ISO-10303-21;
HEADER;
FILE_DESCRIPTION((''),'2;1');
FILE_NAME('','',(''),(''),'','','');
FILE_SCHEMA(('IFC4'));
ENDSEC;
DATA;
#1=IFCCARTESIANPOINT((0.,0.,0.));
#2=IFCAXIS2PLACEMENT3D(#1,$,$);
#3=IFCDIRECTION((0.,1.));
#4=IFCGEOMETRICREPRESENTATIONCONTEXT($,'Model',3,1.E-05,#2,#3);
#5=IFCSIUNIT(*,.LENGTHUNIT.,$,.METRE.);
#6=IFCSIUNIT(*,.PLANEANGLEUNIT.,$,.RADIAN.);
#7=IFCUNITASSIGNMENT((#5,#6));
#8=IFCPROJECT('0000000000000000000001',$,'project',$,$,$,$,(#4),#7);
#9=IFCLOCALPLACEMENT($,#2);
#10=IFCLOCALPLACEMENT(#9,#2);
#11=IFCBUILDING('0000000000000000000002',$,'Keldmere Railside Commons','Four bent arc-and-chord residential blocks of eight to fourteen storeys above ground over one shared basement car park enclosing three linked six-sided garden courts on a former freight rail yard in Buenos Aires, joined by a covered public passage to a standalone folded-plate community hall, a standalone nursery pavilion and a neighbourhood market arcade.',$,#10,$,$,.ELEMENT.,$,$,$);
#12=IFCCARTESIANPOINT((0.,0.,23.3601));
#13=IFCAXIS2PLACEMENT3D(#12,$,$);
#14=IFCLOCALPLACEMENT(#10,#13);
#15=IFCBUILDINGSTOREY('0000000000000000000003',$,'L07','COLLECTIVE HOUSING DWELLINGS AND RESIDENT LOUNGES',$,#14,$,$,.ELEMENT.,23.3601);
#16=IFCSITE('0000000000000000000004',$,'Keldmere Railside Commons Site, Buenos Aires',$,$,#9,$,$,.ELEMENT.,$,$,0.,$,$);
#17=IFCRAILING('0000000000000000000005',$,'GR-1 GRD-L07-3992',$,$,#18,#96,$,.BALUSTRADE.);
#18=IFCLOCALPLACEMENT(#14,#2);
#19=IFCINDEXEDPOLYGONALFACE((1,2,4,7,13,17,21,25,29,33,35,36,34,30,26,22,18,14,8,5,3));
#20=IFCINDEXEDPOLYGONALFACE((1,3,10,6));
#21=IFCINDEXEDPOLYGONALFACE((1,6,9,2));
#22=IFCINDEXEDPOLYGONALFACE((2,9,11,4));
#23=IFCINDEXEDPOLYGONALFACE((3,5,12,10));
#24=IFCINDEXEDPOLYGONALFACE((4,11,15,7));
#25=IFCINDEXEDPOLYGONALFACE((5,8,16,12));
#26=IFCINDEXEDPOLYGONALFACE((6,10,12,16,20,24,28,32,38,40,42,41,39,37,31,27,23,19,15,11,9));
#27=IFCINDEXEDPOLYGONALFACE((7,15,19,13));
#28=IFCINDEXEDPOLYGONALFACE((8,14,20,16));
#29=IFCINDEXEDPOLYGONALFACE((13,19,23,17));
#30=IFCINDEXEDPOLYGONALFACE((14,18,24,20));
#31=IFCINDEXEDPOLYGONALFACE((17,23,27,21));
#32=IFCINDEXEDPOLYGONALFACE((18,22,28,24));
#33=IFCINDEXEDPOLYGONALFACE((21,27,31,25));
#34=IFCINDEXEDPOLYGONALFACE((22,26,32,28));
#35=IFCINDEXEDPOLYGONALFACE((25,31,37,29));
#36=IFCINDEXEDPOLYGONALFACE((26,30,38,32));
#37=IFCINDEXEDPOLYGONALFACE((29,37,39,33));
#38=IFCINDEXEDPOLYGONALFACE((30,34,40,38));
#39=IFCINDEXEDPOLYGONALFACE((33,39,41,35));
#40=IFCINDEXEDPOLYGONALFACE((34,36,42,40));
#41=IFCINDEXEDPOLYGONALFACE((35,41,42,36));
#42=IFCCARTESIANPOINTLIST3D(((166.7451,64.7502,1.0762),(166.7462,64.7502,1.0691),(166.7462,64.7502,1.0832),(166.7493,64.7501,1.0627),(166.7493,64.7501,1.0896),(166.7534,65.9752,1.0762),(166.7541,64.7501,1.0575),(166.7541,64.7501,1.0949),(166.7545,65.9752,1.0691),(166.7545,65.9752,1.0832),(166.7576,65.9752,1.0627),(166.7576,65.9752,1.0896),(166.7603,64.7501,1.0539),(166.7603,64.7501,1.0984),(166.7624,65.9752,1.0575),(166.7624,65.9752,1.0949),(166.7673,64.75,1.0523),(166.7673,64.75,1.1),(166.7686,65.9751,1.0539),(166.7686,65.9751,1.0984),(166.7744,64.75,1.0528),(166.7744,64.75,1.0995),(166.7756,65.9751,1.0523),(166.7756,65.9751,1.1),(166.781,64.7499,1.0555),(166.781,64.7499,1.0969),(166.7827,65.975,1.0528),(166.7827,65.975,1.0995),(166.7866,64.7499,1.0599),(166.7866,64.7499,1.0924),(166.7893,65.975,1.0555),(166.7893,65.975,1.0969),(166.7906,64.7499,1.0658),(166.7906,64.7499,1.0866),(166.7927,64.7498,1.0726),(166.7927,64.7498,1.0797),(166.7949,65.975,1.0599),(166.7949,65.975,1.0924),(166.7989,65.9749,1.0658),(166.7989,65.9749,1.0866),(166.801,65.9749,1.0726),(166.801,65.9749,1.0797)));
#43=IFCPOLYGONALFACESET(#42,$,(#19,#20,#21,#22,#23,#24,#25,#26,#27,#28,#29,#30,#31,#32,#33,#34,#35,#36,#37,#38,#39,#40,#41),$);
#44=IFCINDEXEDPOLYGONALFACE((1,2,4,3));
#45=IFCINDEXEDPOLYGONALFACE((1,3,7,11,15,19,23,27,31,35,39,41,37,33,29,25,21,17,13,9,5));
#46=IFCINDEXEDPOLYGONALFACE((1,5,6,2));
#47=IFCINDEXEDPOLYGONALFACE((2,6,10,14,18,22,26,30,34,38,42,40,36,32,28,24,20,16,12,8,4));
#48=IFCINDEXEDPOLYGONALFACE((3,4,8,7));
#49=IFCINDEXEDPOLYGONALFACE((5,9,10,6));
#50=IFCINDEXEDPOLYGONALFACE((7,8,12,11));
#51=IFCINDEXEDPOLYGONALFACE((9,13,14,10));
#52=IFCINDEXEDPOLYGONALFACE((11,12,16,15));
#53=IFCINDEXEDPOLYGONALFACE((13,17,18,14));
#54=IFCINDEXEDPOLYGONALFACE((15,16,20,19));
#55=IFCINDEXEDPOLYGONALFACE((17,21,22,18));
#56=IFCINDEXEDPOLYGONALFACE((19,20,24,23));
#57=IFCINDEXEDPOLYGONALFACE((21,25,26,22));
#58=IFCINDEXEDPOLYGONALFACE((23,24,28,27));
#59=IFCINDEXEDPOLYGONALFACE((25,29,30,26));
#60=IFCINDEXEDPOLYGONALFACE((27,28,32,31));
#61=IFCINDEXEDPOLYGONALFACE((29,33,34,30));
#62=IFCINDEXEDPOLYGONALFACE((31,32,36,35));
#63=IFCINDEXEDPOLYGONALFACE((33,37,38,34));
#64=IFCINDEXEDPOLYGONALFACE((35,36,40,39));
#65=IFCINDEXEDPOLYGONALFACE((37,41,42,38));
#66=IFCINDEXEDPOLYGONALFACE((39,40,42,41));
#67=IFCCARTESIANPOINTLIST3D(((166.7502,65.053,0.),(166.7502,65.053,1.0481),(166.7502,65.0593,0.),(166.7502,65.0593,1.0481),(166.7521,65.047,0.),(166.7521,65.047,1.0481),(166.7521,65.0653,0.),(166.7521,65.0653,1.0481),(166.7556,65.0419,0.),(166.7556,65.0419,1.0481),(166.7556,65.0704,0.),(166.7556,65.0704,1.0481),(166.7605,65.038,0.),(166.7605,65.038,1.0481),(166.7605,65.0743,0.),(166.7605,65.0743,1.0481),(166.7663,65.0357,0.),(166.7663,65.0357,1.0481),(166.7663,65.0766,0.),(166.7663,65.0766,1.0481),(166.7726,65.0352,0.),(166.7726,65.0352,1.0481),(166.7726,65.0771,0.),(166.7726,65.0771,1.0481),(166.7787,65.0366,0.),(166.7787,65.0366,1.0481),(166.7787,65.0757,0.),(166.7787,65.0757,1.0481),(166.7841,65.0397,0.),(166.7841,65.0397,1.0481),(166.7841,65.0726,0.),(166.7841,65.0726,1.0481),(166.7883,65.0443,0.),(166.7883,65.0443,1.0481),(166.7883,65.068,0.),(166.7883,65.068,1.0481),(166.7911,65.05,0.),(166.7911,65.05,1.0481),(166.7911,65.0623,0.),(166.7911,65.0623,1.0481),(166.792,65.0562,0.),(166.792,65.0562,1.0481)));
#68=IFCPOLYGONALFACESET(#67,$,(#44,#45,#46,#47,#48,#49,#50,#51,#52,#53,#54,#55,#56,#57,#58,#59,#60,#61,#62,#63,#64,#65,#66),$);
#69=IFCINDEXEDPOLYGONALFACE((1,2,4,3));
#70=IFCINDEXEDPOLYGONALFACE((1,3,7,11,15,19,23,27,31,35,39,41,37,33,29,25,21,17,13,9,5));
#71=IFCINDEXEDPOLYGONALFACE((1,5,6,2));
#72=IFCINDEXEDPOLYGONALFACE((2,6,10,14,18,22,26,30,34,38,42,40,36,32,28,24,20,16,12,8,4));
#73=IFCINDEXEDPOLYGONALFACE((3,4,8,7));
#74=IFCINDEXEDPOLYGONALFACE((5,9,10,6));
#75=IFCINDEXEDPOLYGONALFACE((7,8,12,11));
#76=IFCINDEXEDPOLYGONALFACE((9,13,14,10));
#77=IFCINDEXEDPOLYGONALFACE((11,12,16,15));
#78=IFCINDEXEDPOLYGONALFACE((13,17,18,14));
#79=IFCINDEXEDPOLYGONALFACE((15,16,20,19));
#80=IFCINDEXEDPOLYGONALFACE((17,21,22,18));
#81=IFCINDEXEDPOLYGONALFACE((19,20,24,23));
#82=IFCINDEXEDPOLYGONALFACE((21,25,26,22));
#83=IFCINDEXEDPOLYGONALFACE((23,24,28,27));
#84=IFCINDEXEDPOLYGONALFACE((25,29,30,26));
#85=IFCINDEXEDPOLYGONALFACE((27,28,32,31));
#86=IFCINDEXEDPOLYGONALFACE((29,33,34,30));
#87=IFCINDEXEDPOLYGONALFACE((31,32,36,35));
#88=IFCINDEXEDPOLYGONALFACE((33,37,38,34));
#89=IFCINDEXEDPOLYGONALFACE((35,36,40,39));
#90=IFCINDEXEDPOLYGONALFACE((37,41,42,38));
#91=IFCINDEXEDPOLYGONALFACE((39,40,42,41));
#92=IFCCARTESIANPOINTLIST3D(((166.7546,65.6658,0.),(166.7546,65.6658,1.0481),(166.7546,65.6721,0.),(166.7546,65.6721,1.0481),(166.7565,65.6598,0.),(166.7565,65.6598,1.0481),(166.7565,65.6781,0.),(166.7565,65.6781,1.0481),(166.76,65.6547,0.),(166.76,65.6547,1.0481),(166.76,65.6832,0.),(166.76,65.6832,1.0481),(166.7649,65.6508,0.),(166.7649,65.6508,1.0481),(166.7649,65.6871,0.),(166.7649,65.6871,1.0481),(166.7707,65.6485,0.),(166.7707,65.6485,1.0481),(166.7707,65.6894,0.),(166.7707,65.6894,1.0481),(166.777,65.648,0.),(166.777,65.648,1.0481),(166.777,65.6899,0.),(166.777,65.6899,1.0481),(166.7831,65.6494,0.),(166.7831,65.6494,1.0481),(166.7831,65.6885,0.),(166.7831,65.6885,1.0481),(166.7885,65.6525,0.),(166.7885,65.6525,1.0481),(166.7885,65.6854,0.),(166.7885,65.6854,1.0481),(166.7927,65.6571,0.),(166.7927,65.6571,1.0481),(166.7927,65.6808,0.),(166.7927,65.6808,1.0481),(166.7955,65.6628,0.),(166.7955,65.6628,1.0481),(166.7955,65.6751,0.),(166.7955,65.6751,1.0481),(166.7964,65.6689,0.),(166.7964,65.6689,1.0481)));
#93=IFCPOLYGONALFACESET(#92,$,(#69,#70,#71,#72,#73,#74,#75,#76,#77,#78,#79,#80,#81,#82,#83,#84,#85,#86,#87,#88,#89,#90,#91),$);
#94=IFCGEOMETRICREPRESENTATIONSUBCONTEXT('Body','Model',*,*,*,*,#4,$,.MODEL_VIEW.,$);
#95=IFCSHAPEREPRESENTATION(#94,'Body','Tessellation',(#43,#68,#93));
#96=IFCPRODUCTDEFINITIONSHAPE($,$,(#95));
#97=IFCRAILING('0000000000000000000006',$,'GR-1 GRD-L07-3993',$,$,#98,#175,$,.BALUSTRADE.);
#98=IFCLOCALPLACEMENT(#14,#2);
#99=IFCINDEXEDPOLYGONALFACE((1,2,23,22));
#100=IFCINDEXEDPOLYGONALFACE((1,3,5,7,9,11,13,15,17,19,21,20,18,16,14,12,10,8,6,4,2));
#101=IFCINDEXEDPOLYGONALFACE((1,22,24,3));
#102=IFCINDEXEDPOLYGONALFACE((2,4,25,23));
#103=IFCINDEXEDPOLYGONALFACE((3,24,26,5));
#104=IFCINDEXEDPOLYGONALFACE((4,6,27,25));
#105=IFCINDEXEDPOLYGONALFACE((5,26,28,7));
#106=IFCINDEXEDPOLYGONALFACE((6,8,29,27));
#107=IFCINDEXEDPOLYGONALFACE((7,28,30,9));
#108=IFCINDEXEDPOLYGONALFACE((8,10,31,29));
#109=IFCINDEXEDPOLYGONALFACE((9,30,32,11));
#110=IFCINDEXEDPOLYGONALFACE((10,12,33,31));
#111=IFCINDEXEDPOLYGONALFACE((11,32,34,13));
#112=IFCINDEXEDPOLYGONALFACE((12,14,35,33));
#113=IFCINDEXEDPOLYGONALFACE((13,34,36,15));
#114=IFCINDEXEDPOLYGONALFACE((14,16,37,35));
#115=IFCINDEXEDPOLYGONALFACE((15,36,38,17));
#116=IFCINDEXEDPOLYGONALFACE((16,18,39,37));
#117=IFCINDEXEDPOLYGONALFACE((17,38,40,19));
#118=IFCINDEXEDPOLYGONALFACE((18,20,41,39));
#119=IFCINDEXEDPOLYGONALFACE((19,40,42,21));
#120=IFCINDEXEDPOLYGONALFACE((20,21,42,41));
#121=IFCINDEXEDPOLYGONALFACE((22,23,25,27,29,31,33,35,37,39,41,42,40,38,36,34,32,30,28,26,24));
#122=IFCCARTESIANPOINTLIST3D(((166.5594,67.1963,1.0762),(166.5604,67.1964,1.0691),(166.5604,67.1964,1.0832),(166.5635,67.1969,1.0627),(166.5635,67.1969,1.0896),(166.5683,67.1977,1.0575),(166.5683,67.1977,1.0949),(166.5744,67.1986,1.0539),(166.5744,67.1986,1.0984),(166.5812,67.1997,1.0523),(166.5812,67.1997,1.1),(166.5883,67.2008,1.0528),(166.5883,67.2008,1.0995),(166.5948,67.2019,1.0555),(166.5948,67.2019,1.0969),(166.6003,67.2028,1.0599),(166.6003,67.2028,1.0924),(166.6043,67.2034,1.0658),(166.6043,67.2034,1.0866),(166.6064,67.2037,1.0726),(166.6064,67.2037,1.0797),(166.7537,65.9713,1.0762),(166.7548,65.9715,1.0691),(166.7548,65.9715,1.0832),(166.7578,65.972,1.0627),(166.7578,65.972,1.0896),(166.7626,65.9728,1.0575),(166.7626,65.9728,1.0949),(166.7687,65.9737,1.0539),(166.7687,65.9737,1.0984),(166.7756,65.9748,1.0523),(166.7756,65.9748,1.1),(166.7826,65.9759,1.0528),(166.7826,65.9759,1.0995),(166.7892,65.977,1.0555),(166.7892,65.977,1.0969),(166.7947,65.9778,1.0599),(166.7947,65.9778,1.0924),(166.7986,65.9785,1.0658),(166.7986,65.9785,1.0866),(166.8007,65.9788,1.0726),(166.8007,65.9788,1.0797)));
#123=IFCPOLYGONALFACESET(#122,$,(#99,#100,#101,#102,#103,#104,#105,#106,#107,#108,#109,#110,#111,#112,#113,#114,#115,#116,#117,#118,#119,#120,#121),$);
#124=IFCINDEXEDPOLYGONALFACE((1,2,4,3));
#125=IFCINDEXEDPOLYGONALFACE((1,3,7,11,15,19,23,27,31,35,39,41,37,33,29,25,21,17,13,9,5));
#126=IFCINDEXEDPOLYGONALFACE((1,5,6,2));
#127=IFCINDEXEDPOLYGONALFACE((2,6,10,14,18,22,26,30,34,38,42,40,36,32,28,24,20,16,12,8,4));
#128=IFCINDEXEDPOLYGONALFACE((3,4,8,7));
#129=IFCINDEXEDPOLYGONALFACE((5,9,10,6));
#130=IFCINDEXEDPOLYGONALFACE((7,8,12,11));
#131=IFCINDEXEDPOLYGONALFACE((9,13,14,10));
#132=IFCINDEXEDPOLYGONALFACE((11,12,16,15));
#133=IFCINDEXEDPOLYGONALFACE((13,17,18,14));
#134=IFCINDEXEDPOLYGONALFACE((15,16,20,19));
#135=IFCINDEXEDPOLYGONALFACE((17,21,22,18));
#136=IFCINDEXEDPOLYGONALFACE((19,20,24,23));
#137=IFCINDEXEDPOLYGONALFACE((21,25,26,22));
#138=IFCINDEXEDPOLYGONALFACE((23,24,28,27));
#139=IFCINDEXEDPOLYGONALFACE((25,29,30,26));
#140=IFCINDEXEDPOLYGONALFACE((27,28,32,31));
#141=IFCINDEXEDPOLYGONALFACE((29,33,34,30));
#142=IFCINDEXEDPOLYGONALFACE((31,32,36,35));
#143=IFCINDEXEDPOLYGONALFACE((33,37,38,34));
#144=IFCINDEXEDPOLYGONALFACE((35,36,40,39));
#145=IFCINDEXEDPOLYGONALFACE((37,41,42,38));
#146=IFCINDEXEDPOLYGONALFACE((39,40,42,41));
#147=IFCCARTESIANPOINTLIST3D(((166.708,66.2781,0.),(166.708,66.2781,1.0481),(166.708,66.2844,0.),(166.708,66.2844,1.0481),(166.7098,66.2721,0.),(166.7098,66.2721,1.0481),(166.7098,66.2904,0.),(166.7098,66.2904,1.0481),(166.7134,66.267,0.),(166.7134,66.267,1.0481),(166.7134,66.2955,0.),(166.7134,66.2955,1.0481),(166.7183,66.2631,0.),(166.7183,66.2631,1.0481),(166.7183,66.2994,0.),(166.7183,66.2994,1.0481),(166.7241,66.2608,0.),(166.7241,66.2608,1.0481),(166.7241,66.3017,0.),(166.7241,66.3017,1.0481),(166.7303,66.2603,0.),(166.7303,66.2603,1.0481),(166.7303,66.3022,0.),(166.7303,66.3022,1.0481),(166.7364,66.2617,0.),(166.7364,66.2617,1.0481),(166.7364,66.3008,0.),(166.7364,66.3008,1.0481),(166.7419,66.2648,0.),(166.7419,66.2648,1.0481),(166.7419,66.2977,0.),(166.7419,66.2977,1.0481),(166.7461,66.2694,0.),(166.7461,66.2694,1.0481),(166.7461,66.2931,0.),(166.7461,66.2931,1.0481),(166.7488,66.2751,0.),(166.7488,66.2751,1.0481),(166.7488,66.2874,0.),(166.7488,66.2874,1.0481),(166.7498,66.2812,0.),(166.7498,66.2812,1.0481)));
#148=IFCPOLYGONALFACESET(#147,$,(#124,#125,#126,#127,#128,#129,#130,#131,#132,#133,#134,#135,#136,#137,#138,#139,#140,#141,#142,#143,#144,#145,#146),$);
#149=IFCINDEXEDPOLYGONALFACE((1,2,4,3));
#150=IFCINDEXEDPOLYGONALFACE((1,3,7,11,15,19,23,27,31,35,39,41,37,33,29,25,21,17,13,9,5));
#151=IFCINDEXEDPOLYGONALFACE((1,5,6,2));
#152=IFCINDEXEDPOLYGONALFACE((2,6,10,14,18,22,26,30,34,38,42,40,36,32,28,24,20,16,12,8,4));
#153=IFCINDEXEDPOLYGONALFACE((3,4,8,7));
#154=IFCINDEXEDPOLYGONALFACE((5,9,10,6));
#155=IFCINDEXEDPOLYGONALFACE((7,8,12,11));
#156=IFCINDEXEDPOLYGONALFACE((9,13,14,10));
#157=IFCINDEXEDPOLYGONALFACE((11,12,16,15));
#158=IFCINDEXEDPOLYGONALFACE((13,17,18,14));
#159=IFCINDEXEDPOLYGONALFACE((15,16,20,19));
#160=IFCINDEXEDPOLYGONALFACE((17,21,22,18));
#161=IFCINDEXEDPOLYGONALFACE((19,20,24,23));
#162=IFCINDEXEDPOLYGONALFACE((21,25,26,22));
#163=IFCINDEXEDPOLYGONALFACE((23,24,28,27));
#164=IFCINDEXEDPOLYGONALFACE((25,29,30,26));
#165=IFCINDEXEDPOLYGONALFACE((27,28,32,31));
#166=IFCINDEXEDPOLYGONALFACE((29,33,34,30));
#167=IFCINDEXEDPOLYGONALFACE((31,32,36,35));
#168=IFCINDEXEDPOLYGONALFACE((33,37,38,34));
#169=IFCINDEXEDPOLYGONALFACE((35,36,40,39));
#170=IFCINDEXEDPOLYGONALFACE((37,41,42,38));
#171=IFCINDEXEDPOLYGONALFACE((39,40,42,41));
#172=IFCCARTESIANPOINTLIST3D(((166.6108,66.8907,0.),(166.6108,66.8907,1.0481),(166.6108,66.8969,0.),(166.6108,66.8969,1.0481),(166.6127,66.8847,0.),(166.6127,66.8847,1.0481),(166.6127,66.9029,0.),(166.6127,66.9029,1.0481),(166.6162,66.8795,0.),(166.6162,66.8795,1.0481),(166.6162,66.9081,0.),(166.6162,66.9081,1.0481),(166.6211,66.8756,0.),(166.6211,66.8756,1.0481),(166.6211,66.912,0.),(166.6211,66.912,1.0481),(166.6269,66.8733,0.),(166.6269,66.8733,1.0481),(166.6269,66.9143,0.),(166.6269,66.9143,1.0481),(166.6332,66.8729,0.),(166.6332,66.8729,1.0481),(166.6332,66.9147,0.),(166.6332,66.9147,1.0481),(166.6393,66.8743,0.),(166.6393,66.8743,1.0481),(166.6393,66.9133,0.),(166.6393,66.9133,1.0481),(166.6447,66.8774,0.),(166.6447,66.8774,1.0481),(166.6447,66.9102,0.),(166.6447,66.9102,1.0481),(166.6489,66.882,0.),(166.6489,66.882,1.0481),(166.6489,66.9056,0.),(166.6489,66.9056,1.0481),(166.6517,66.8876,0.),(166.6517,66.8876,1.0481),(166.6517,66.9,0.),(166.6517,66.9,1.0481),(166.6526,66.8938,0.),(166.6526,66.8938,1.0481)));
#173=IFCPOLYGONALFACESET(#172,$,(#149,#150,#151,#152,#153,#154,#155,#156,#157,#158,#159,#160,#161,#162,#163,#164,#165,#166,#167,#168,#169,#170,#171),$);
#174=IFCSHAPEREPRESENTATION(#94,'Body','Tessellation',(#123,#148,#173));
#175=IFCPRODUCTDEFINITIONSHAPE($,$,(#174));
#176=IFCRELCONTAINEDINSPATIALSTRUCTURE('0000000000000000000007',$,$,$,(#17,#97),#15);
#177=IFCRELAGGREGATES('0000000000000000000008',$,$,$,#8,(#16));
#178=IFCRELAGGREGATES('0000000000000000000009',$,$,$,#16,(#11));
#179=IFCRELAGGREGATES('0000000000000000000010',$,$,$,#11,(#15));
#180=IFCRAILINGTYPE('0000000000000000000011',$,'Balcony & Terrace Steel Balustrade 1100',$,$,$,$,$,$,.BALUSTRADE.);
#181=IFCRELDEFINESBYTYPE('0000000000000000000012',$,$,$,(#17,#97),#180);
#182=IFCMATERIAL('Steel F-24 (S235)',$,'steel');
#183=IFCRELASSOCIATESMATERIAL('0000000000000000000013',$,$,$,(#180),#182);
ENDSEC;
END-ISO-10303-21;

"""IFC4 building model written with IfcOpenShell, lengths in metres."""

from ifc_helpers import new_model, si_unit, direction, frame, origin, origin_2d, place, context, subcontext, project, spatial, circle, extrude, material, type_object, element, save


model = new_model("IFC4")

# Units and contexts
model_context = context("Model", 3, precision=1e-05, world=origin(), true_north=direction((0.0, 1.0)))
body_context = subcontext(model_context, "Body", "Model", "MODEL_VIEW")
ifc_project = project(units=[si_unit("LENGTHUNIT", "METRE"), si_unit("PLANEANGLEUNIT", "RADIAN")], contexts=[model_context])

# Site, building, storey
site_placement = place(None, origin())
site = spatial("IfcSite", under=ifc_project, at=site_placement, Name="Keldmere Railside Commons Site, Buenos Aires", CompositionType="ELEMENT", RefElevation=0.0)
building_placement = place(site_placement, origin())
building = spatial("IfcBuilding", under=site, at=building_placement, Name="Keldmere Railside Commons", Description="Four bent arc-and-chord residential blocks of eight to fourteen storeys above ground over one shared basement car park enclosing three linked six-sided garden courts on a former freight rail yard in Buenos Aires, joined by a covered public passage to a standalone folded-plate community hall, a standalone nursery pavilion and a neighbourhood market arcade.", CompositionType="ELEMENT")
storey_placement = place(building_placement, frame((0.0, 0.0, 23.3601)))
storey = spatial("IfcBuildingStorey", under=building, at=storey_placement, Name="L07", Description="COLLECTIVE HOUSING DWELLINGS AND RESIDENT LOUNGES", CompositionType="ELEMENT", Elevation=23.3601)

# Railings
ifc_material_1 = material(Name="Steel F-24 (S235)", Category="steel")
railing_type = type_object("IfcRailingType", Name="Balcony & Terrace Steel Balustrade 1100", PredefinedType="BALUSTRADE", material=ifc_material_1)
railing_1_placement = place(storey_placement, frame((166.769, 64.75, 0.0)))
element("IfcRailing", 1, at=railing_1_placement, inside=storey, type_object=railing_type, Name="GR-1 GRD-L07-3992", PredefinedType="BALUSTRADE", context=body_context, shape_type="SweptSolid", body=[
    extrude(circle(Radius=0.0239, at=origin_2d()), frame((0.0, 0.0, 1.0762), z_axis=(0.006775, 0.999977, 0.0), x_axis=(-0.999977, 0.006775, 0.0)), (0.0, 0.0, 1.0), 1.2251),
    extrude(circle(Radius=0.021, at=origin_2d()), frame((0.002, 0.3062, 0.0)), (0.0, 0.0, 1.0), 1.0481),
    extrude(circle(Radius=0.021, at=origin_2d()), frame((0.0063, 0.9189, 0.0)), (0.0, 0.0, 1.0), 1.0481),
])
railing_2_placement = place(storey_placement, frame((166.7773, 65.9751, 0.0)))
element("IfcRailing", 2, at=railing_2_placement, inside=storey, type_object=railing_type, Name="GR-1 GRD-L07-3993", PredefinedType="BALUSTRADE", context=body_context, shape_type="SweptSolid", body=[
    extrude(circle(Radius=0.0239, at=origin_2d()), frame((0.0, 0.0, 1.0762), z_axis=(-0.1567, 0.987646, 0.0), x_axis=(-0.987646, -0.1567, 0.0)), (0.0, 0.0, 1.0), 1.2402),
    extrude(circle(Radius=0.021, at=origin_2d()), frame((-0.0486, 0.3062, 0.0)), (0.0, 0.0, 1.0), 1.0481),
    extrude(circle(Radius=0.021, at=origin_2d()), frame((-0.1458, 0.9187, 0.0)), (0.0, 0.0, 1.0), 1.0481),
])

save(model, "model.ifc")
